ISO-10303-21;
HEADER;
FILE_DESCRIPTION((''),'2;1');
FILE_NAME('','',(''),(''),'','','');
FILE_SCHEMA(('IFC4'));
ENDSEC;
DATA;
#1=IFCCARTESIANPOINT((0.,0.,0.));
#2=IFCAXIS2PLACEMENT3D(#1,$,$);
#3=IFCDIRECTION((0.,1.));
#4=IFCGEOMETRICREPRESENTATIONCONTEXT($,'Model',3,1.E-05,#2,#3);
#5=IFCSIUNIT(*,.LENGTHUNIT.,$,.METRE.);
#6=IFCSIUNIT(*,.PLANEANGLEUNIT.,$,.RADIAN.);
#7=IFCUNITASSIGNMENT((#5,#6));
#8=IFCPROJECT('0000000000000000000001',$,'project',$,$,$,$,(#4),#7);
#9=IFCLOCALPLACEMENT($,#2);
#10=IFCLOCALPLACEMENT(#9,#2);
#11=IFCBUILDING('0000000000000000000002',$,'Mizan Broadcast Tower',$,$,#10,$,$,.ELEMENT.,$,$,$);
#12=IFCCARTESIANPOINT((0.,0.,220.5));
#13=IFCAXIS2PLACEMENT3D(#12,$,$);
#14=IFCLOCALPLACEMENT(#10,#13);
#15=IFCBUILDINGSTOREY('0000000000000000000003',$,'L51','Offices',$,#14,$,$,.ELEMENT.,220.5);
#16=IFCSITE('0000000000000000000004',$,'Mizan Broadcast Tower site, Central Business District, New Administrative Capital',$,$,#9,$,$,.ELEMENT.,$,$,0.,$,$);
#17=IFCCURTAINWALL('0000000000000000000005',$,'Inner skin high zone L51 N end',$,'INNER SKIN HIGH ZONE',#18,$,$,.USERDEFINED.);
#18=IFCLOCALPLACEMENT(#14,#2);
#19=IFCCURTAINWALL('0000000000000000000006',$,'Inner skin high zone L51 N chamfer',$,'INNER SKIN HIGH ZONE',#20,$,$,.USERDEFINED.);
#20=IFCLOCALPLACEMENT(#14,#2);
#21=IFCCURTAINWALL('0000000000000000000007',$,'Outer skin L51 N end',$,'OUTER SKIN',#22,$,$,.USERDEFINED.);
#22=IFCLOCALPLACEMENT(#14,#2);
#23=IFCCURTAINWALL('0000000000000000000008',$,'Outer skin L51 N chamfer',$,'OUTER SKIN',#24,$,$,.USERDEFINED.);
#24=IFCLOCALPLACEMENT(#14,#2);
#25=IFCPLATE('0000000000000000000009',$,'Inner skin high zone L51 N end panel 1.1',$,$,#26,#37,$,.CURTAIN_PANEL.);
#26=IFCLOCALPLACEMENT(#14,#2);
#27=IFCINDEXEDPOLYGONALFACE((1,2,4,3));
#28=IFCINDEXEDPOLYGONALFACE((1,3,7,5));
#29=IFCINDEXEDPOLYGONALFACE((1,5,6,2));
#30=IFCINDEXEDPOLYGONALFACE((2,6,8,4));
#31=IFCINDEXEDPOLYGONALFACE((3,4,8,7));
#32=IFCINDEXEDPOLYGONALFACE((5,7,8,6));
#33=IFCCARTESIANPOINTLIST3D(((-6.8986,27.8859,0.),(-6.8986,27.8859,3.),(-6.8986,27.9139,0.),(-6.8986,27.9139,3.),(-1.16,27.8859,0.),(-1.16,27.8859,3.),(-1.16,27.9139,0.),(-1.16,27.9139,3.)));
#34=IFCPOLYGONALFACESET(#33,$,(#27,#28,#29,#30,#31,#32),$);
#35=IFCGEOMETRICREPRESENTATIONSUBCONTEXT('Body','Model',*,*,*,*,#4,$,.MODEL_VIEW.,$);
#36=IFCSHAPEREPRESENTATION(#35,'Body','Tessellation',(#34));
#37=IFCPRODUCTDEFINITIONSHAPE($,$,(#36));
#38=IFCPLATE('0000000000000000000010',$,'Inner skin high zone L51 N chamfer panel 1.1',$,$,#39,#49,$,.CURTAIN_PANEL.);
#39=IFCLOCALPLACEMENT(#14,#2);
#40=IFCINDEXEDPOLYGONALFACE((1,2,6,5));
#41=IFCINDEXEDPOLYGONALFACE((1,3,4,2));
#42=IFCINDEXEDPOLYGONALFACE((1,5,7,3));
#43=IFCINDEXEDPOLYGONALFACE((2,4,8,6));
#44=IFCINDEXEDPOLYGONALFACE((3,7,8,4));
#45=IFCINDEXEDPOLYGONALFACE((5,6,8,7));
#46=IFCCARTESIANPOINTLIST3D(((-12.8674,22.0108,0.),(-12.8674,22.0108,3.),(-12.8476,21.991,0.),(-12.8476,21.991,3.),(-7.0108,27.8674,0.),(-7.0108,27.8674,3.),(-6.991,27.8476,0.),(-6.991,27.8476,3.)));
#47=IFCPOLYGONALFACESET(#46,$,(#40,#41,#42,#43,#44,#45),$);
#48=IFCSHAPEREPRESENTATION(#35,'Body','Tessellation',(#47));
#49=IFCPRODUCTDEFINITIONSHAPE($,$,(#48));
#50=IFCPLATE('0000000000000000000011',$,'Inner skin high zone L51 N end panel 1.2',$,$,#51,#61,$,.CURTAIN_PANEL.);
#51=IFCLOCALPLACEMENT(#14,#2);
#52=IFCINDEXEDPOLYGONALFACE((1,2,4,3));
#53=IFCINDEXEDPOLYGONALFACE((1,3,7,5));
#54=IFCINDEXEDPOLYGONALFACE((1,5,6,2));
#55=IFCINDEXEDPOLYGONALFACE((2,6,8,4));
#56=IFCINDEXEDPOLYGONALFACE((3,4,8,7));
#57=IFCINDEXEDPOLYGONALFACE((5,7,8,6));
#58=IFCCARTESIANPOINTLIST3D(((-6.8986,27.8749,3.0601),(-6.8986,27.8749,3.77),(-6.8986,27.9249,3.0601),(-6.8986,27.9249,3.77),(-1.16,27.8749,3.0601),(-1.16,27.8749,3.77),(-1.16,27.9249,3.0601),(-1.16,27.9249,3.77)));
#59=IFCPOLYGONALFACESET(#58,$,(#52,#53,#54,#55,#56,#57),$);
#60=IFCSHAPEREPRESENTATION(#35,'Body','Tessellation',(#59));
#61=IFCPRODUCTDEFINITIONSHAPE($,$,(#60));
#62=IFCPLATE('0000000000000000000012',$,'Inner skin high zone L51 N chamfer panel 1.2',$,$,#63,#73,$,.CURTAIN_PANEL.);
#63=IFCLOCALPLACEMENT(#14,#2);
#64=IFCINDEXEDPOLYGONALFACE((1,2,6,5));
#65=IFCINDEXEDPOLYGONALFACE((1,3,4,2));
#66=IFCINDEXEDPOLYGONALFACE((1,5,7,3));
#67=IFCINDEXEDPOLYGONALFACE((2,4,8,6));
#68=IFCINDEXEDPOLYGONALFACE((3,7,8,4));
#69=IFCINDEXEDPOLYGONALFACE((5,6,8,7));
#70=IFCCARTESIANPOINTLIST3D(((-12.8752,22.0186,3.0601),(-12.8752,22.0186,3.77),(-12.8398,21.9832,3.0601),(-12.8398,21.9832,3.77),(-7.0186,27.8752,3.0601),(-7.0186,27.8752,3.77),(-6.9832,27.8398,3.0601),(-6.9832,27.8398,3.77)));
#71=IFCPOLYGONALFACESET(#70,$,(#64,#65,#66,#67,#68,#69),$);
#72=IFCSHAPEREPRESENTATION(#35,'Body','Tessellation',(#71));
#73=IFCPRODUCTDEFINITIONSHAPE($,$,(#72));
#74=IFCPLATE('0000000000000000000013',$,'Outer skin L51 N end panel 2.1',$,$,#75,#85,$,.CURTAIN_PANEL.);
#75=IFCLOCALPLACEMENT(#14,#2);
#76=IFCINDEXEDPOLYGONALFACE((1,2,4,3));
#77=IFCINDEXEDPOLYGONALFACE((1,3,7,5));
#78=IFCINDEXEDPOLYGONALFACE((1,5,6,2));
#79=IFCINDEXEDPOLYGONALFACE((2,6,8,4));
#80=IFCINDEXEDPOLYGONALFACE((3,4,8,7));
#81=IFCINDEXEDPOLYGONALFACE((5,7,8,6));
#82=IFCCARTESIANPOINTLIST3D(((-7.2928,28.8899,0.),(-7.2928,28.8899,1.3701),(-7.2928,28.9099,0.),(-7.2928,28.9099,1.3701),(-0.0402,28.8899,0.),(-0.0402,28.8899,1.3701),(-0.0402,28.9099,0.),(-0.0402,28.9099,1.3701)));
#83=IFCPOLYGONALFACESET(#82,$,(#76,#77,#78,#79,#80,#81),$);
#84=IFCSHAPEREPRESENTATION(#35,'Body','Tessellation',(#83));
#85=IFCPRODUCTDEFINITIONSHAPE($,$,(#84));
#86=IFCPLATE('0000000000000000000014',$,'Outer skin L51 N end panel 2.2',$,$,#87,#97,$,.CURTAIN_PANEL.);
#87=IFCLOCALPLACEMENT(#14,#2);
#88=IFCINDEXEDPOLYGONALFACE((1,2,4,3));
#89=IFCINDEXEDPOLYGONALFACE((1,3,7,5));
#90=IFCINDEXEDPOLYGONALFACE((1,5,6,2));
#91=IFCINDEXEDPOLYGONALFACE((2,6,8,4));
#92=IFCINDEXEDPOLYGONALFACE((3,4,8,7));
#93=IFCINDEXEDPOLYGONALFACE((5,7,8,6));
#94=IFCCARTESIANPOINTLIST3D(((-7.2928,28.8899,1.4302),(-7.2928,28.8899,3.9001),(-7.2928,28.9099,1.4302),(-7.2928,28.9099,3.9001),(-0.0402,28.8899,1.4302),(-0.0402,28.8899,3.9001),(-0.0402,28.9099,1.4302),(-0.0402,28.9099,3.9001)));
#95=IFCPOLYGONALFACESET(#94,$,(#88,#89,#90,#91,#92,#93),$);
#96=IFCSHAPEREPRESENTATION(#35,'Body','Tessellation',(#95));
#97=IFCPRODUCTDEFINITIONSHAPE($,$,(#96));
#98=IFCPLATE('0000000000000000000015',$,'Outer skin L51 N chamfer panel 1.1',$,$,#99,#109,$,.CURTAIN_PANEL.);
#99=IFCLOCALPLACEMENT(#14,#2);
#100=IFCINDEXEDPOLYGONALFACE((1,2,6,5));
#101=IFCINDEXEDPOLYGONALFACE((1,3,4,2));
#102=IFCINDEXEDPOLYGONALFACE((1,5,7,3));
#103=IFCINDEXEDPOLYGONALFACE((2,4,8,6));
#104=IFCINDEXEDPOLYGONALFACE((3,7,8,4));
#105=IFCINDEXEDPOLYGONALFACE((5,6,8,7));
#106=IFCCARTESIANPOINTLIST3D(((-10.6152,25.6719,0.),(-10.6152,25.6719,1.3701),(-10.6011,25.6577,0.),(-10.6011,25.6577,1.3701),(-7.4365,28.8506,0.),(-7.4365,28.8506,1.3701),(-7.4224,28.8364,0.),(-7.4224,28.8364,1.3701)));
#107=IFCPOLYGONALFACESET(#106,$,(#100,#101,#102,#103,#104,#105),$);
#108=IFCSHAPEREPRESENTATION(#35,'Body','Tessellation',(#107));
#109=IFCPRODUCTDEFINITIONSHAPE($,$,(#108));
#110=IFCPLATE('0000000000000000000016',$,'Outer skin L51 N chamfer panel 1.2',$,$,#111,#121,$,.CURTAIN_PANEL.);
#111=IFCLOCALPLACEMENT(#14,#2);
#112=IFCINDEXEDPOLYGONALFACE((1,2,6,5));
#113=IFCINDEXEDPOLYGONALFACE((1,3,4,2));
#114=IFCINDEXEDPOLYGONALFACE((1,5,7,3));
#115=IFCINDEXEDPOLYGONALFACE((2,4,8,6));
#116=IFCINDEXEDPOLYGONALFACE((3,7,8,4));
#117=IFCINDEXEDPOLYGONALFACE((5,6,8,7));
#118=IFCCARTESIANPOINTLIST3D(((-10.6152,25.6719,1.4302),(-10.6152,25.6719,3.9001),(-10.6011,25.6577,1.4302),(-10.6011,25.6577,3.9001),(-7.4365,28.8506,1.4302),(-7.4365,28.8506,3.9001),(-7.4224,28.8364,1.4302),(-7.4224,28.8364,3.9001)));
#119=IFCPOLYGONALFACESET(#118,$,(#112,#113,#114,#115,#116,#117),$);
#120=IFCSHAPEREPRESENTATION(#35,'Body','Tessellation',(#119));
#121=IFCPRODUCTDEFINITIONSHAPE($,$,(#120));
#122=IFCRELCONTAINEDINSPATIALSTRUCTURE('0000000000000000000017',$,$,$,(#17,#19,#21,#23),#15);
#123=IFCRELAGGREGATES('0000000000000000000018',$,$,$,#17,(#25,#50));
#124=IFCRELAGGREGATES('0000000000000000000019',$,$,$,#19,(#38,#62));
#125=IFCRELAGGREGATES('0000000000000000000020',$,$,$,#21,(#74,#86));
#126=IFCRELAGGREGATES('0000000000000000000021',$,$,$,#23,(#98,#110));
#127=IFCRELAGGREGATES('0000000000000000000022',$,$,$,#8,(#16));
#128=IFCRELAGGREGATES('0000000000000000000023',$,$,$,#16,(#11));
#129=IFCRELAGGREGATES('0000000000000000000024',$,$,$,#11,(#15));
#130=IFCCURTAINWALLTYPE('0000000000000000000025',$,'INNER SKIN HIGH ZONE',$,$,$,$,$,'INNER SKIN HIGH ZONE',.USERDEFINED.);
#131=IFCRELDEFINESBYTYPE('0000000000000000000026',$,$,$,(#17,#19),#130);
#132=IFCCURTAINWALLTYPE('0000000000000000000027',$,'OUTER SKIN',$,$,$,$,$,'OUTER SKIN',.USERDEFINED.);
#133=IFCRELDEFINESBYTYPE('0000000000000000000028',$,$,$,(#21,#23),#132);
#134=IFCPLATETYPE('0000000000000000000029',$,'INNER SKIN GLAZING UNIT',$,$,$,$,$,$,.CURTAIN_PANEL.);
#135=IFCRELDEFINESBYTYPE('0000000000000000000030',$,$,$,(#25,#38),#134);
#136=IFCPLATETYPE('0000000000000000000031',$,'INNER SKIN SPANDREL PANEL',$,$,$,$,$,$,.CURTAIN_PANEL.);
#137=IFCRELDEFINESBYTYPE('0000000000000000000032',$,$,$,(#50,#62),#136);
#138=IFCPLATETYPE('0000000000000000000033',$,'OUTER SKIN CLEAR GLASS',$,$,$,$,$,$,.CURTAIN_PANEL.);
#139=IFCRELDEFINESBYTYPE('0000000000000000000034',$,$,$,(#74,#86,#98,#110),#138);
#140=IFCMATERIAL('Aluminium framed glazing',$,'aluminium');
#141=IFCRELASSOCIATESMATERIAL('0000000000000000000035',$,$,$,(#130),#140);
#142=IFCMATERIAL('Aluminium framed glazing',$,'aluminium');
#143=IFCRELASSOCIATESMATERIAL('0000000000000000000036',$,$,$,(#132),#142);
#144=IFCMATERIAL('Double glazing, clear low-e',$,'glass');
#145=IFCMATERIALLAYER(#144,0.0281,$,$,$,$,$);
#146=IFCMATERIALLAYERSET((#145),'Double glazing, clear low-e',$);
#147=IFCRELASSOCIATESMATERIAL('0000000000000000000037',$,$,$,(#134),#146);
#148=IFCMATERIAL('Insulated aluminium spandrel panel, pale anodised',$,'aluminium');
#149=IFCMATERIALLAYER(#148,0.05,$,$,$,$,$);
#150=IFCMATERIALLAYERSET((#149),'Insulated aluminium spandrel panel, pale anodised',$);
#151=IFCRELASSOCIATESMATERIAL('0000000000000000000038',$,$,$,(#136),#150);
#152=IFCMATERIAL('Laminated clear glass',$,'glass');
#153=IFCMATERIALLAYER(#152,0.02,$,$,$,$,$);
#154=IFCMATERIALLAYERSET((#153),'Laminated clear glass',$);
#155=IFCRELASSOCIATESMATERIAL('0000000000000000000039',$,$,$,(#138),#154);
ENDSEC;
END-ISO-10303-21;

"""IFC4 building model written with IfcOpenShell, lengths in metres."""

from ifc_helpers import new_model, si_unit, direction, frame, origin, origin_2d, place, context, subcontext, project, spatial, rectangle, extrude, material, layer, layer_set, type_object, element, aggregate, save


model = new_model("IFC4")

# Units and contexts
model_context = context("Model", 3, precision=1e-05, world=origin(), true_north=direction((0.0, 1.0)))
body_context = subcontext(model_context, "Body", "Model", "MODEL_VIEW")
ifc_project = project(units=[si_unit("LENGTHUNIT", "METRE"), si_unit("PLANEANGLEUNIT", "RADIAN")], contexts=[model_context])

# Site, building, storey
site_placement = place(None, origin())
site = spatial("IfcSite", under=ifc_project, at=site_placement, Name="Mizan Broadcast Tower site, Central Business District, New Administrative Capital", CompositionType="ELEMENT", RefElevation=0.0)
building_placement = place(site_placement, origin())
building = spatial("IfcBuilding", under=site, at=building_placement, Name="Mizan Broadcast Tower", CompositionType="ELEMENT")
storey_placement = place(building_placement, frame((0.0, 0.0, 220.5)))
storey = spatial("IfcBuildingStorey", under=building, at=storey_placement, Name="L51", Description="Offices", CompositionType="ELEMENT", Elevation=220.5)

# Curtain wall
ifc_material_1 = material(Name="Aluminium framed glazing", Category="aluminium")
curtain_wall_type_1 = type_object("IfcCurtainWallType", Name="INNER SKIN HIGH ZONE", ElementType="INNER SKIN HIGH ZONE", PredefinedType="USERDEFINED", material=ifc_material_1)
curtain_wall_1_placement = place(storey_placement, origin())
curtain_wall_1 = element("IfcCurtainWall", 1, at=curtain_wall_1_placement, inside=storey, type_object=curtain_wall_type_1, Name="Inner skin high zone L51 N end", ObjectType="INNER SKIN HIGH ZONE", PredefinedType="USERDEFINED")

# Curtain walls
curtain_wall_2_placement = place(storey_placement, origin())
curtain_wall_2 = element("IfcCurtainWall", 2, at=curtain_wall_2_placement, inside=storey, type_object=curtain_wall_type_1, Name="Inner skin high zone L51 N chamfer", ObjectType="INNER SKIN HIGH ZONE", PredefinedType="USERDEFINED")
ifc_material_2 = material(Name="Aluminium framed glazing", Category="aluminium")
curtain_wall_type_2 = type_object("IfcCurtainWallType", Name="OUTER SKIN", ElementType="OUTER SKIN", PredefinedType="USERDEFINED", material=ifc_material_2)
curtain_wall_3_placement = place(storey_placement, origin())
curtain_wall_3 = element("IfcCurtainWall", 3, at=curtain_wall_3_placement, inside=storey, type_object=curtain_wall_type_2, Name="Outer skin L51 N end", ObjectType="OUTER SKIN", PredefinedType="USERDEFINED")
curtain_wall_4_placement = place(storey_placement, origin())
curtain_wall_4 = element("IfcCurtainWall", 4, at=curtain_wall_4_placement, inside=storey, type_object=curtain_wall_type_2, Name="Outer skin L51 N chamfer", ObjectType="OUTER SKIN", PredefinedType="USERDEFINED")

# Plates
ifc_material_3 = material(Name="Double glazing, clear low-e", Category="glass")
ifc_layer_1 = layer(ifc_material_3, 0.0281)
ifc_layer_set_1 = layer_set([ifc_layer_1], Name="Double glazing, clear low-e")
plate_type_1 = type_object("IfcPlateType", Name="INNER SKIN GLAZING UNIT", PredefinedType="CURTAIN_PANEL", material=ifc_layer_set_1)
plate_1_placement = place(storey_placement, frame((-4.0293, 27.8999, 0.0), z_axis=(0.0, 0.0, 1.0), x_axis=(-1.0, 0.0, 0.0)))
plate_1 = element("IfcPlate", 5, at=plate_1_placement, type_object=plate_type_1, Name="Inner skin high zone L51 N end panel 1.1", PredefinedType="CURTAIN_PANEL", context=body_context, shape_type="SweptSolid", body=[
    extrude(rectangle(XDim=5.7385, YDim=0.0281, at=origin_2d()), origin(), (0.0, 0.0, 1.0), 3.0),
])
plate_2_placement = place(storey_placement, frame((-9.9292, 24.9292, 0.0), z_axis=(0.0, 0.0, 1.0), x_axis=(-0.707107, -0.707107, 0.0)))
plate_2 = element("IfcPlate", 6, at=plate_2_placement, type_object=plate_type_1, Name="Inner skin high zone L51 N chamfer panel 1.1", PredefinedType="CURTAIN_PANEL", context=body_context, shape_type="SweptSolid", body=[
    extrude(rectangle(XDim=8.2825, YDim=0.0281, at=origin_2d()), origin(), (0.0, 0.0, 1.0), 3.0),
])
ifc_material_4 = material(Name="Insulated aluminium spandrel panel, pale anodised", Category="aluminium")
ifc_layer_2 = layer(ifc_material_4, 0.05)
ifc_layer_set_2 = layer_set([ifc_layer_2], Name="Insulated aluminium spandrel panel, pale anodised")
plate_type_2 = type_object("IfcPlateType", Name="INNER SKIN SPANDREL PANEL", PredefinedType="CURTAIN_PANEL", material=ifc_layer_set_2)
plate_3_placement = place(storey_placement, frame((-4.0293, 27.8999, 3.0601), z_axis=(0.0, 0.0, 1.0), x_axis=(-1.0, 0.0, 0.0)))
plate_3 = element("IfcPlate", 7, at=plate_3_placement, type_object=plate_type_2, Name="Inner skin high zone L51 N end panel 1.2", PredefinedType="CURTAIN_PANEL", context=body_context, shape_type="SweptSolid", body=[
    extrude(rectangle(XDim=5.7385, YDim=0.05, at=origin_2d()), origin(), (0.0, 0.0, 1.0), 0.71),
])
aggregate(curtain_wall_1, [plate_1, plate_3])
plate_4_placement = place(storey_placement, frame((-9.9292, 24.9292, 3.0601), z_axis=(0.0, 0.0, 1.0), x_axis=(-0.707107, -0.707107, 0.0)))
plate_4 = element("IfcPlate", 8, at=plate_4_placement, type_object=plate_type_2, Name="Inner skin high zone L51 N chamfer panel 1.2", PredefinedType="CURTAIN_PANEL", context=body_context, shape_type="SweptSolid", body=[
    extrude(rectangle(XDim=8.2825, YDim=0.05, at=origin_2d()), origin(), (0.0, 0.0, 1.0), 0.71),
])
aggregate(curtain_wall_2, [plate_2, plate_4])
ifc_material_5 = material(Name="Laminated clear glass", Category="glass")
ifc_layer_3 = layer(ifc_material_5, 0.02)
ifc_layer_set_3 = layer_set([ifc_layer_3], Name="Laminated clear glass")
plate_type_3 = type_object("IfcPlateType", Name="OUTER SKIN CLEAR GLASS", PredefinedType="CURTAIN_PANEL", material=ifc_layer_set_3)
plate_5_placement = place(storey_placement, frame((-3.6665, 28.8999, 0.0), z_axis=(0.0, 0.0, 1.0), x_axis=(-1.0, 0.0, 0.0)))
plate_5 = element("IfcPlate", 9, at=plate_5_placement, type_object=plate_type_3, Name="Outer skin L51 N end panel 2.1", PredefinedType="CURTAIN_PANEL", context=body_context, shape_type="SweptSolid", body=[
    extrude(rectangle(XDim=7.2527, YDim=0.02, at=origin_2d()), origin(), (0.0, 0.0, 1.0), 1.3701),
])
plate_6_placement = place(storey_placement, frame((-3.6665, 28.8999, 1.4302), z_axis=(0.0, 0.0, 1.0), x_axis=(-1.0, 0.0, 0.0)))
plate_6 = element("IfcPlate", 10, at=plate_6_placement, type_object=plate_type_3, Name="Outer skin L51 N end panel 2.2", PredefinedType="CURTAIN_PANEL", context=body_context, shape_type="SweptSolid", body=[
    extrude(rectangle(XDim=7.2527, YDim=0.02, at=origin_2d()), origin(), (0.0, 0.0, 1.0), 2.47),
])
aggregate(curtain_wall_3, [plate_5, plate_6])
plate_7_placement = place(storey_placement, frame((-9.0188, 27.2542, 0.0), z_axis=(0.0, 0.0, 1.0), x_axis=(-0.707107, -0.707107, 0.0)))
plate_7 = element("IfcPlate", 11, at=plate_7_placement, type_object=plate_type_3, Name="Outer skin L51 N chamfer panel 1.1", PredefinedType="CURTAIN_PANEL", context=body_context, shape_type="SweptSolid", body=[
    extrude(rectangle(XDim=4.4954, YDim=0.02, at=origin_2d()), origin(), (0.0, 0.0, 1.0), 1.3701),
])
plate_8_placement = place(storey_placement, frame((-9.0188, 27.2542, 1.4302), z_axis=(0.0, 0.0, 1.0), x_axis=(-0.707107, -0.707107, 0.0)))
plate_8 = element("IfcPlate", 12, at=plate_8_placement, type_object=plate_type_3, Name="Outer skin L51 N chamfer panel 1.2", PredefinedType="CURTAIN_PANEL", context=body_context, shape_type="SweptSolid", body=[
    extrude(rectangle(XDim=4.4954, YDim=0.02, at=origin_2d()), origin(), (0.0, 0.0, 1.0), 2.47),
])
aggregate(curtain_wall_4, [plate_7, plate_8])

save(model, "model.ifc")
